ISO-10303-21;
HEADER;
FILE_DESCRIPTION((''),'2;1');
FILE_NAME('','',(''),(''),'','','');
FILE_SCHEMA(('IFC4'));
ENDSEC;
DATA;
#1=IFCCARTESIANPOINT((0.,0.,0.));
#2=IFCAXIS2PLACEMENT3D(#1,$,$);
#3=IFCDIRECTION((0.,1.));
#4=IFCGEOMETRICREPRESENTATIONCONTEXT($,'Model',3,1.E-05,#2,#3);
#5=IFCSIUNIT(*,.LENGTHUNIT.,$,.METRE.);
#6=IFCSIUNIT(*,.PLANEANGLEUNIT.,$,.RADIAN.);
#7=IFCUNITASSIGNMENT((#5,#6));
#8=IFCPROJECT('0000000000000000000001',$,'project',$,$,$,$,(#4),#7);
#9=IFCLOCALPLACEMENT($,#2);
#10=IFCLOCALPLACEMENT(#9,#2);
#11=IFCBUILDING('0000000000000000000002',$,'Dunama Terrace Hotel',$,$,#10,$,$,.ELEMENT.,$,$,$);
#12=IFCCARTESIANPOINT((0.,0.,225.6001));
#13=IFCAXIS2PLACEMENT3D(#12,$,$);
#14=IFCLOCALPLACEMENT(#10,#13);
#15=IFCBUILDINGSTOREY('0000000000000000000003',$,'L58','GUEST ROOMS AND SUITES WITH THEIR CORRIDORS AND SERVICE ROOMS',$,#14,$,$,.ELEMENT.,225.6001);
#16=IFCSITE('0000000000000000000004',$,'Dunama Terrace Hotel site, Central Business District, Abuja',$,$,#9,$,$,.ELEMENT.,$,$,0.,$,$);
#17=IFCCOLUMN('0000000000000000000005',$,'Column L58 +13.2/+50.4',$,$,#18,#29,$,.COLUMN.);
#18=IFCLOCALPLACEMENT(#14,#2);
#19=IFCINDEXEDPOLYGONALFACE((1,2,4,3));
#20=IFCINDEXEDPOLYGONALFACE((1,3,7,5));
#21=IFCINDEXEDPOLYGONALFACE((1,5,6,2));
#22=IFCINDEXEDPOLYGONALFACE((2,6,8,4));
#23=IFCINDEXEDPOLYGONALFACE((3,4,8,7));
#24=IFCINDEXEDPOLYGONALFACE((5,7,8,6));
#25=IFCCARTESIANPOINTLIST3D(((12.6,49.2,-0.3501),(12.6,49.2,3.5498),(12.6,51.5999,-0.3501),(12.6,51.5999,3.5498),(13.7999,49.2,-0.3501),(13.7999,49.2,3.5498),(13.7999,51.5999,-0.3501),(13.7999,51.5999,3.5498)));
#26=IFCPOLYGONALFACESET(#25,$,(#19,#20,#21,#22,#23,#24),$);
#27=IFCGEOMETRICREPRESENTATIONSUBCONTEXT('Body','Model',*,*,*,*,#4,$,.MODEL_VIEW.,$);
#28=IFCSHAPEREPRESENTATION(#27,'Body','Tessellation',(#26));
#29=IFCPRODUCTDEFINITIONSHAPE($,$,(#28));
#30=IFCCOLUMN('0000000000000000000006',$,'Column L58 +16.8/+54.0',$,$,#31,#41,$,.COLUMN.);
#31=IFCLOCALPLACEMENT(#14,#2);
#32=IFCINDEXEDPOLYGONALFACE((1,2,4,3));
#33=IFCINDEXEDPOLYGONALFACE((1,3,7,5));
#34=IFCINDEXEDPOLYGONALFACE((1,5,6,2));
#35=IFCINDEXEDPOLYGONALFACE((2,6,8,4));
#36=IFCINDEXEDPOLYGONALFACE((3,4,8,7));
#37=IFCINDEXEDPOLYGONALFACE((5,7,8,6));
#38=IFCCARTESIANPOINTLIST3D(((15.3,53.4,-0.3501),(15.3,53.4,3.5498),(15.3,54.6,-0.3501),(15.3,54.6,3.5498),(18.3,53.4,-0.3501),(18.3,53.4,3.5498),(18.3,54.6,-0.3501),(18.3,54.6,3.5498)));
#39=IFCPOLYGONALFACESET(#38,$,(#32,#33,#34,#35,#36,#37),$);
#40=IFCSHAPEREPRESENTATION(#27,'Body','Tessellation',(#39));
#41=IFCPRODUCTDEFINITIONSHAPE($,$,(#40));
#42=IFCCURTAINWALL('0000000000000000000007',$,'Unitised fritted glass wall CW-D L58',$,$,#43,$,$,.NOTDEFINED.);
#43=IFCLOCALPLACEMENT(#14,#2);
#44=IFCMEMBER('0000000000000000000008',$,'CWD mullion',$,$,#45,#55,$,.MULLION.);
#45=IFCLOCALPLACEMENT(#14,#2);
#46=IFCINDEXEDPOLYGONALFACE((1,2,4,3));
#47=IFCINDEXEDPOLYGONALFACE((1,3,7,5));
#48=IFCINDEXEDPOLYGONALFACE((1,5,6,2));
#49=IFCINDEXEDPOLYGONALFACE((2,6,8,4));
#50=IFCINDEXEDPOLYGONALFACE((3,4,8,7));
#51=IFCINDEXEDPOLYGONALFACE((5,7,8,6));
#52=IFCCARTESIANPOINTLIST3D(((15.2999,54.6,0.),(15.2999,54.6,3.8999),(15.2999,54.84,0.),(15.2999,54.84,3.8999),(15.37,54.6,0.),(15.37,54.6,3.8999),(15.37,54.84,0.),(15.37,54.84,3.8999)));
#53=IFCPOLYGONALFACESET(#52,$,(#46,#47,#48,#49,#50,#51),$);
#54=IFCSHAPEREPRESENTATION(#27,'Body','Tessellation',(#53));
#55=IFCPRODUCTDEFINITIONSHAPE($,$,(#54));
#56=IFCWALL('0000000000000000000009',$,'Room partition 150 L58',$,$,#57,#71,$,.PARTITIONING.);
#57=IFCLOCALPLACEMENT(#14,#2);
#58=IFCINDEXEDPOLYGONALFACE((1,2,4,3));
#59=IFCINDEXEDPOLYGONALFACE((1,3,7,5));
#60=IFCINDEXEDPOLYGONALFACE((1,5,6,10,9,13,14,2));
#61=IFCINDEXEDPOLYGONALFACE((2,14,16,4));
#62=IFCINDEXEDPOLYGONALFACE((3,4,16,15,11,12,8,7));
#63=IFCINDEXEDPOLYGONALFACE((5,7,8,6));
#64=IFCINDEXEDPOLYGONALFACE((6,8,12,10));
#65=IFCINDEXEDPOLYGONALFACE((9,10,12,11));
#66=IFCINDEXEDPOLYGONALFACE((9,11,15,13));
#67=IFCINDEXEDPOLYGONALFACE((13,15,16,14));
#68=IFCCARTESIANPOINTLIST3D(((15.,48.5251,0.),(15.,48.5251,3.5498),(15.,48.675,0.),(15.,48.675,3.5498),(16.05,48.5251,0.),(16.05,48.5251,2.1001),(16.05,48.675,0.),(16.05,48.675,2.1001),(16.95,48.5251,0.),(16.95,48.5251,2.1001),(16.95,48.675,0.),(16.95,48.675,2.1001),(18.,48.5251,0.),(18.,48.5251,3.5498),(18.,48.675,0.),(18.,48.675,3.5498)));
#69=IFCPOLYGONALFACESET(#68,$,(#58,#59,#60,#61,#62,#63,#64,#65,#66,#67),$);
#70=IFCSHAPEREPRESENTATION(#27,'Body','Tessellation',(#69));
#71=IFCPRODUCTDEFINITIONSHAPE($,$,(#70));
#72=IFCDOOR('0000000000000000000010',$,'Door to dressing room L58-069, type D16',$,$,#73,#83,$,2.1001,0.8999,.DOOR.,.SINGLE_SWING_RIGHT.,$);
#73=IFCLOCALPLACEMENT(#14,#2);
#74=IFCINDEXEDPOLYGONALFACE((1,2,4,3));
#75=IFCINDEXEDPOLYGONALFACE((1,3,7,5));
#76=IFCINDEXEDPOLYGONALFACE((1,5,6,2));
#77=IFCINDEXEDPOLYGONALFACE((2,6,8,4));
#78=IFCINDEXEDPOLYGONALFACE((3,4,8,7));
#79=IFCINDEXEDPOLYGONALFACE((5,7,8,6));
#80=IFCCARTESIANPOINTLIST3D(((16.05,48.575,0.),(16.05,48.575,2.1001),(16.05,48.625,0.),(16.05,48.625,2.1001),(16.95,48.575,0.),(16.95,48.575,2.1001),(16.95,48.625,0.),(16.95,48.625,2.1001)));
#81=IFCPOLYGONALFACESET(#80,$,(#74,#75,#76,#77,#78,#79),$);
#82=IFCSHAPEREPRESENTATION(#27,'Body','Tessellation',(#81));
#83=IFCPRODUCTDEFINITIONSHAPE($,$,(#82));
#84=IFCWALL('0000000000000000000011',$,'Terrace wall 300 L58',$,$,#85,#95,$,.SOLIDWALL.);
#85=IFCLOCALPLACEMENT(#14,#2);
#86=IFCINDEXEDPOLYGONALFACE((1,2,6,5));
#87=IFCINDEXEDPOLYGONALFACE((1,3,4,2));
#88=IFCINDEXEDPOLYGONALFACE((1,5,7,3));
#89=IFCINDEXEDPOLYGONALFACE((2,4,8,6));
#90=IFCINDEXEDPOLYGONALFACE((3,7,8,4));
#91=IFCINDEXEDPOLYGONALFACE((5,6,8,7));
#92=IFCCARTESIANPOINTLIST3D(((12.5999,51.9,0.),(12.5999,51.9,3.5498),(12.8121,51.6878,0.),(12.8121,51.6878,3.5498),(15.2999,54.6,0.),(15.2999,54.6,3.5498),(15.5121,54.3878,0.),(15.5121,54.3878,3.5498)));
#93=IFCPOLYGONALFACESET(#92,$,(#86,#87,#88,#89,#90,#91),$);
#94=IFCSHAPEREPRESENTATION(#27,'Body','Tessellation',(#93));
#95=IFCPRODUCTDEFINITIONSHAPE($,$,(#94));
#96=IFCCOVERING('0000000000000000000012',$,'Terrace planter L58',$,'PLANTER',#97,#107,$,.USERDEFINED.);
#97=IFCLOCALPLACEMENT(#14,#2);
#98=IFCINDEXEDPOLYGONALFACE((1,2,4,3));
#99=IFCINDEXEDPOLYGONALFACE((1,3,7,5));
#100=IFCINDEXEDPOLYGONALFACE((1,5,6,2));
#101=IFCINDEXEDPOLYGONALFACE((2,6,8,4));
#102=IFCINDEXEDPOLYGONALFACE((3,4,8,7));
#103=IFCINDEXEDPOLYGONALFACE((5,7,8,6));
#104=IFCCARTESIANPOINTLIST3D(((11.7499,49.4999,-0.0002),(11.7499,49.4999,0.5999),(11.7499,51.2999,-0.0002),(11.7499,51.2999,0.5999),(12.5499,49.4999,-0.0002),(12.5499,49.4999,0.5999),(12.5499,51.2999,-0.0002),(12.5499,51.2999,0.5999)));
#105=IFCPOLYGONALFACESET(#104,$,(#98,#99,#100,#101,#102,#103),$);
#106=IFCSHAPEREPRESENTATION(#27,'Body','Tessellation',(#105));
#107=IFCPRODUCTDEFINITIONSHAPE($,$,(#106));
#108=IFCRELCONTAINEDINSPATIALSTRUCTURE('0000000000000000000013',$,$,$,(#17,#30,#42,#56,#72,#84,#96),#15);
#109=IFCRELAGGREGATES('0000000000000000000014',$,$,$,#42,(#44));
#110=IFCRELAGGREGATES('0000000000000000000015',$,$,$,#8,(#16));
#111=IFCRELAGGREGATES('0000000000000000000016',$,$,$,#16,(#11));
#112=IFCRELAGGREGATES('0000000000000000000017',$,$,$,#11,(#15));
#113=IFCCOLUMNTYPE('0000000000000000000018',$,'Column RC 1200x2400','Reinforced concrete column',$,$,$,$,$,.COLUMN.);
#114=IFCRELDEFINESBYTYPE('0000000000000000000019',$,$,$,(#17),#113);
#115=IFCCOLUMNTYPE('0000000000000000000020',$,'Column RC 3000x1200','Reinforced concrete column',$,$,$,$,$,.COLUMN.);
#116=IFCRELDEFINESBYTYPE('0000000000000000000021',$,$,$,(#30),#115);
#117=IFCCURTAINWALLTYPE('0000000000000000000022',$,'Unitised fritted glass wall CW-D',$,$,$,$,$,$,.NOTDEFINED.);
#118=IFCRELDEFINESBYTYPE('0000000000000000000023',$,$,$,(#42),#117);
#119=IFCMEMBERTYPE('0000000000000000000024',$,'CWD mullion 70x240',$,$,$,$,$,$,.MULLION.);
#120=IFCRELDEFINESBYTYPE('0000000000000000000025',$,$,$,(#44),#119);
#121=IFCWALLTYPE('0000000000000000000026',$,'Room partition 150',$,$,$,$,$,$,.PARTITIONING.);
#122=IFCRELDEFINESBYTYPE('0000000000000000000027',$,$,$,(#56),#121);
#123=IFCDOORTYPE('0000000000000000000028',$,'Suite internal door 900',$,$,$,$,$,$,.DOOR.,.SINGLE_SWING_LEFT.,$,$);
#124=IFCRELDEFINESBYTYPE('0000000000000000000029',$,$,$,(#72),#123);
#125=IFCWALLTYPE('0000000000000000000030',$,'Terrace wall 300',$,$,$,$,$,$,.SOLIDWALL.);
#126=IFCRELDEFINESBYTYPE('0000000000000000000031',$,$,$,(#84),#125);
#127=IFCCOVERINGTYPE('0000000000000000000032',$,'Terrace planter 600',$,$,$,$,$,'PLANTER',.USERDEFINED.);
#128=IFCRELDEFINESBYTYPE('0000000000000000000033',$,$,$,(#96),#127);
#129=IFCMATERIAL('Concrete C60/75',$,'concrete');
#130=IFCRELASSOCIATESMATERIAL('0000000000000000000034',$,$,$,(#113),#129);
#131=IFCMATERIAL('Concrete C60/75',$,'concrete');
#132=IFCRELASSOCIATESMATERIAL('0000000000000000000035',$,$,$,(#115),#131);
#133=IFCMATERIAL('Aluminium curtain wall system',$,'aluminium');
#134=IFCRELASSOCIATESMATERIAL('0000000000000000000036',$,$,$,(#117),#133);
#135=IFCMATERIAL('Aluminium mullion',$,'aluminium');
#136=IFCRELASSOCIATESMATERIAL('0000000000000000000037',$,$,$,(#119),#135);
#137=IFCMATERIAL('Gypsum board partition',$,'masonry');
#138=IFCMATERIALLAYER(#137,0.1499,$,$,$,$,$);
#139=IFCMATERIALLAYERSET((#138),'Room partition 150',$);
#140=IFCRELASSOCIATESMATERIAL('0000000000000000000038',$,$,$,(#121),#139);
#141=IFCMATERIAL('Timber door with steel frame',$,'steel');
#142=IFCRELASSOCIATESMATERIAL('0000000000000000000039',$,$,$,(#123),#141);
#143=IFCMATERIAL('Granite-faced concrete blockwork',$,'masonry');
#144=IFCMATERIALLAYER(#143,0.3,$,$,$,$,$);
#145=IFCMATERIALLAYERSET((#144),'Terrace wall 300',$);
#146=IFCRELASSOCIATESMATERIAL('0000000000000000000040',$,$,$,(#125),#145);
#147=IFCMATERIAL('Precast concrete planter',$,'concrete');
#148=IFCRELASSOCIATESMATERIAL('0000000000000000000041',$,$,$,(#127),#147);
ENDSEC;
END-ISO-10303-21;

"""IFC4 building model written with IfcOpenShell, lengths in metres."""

from ifc_helpers import new_model, si_unit, direction, frame, frame_2d, origin, origin_2d, place, context, subcontext, project, spatial, rectangle, extrude, material, layer, layer_set, material_profile, profile_set, type_object, element, fill, aggregate, save


model = new_model("IFC4")

# Units and contexts
model_context = context("Model", 3, precision=1e-05, world=origin(), true_north=direction((0.0, 1.0)))
body_context = subcontext(model_context, "Body", "Model", "MODEL_VIEW")
ifc_project = project(units=[si_unit("LENGTHUNIT", "METRE"), si_unit("PLANEANGLEUNIT", "RADIAN")], contexts=[model_context])

# Site, building, storey
site_placement = place(None, origin())
site = spatial("IfcSite", under=ifc_project, at=site_placement, Name="Dunama Terrace Hotel site, Central Business District, Abuja", CompositionType="ELEMENT", RefElevation=0.0)
building_placement = place(site_placement, origin())
building = spatial("IfcBuilding", under=site, at=building_placement, Name="Dunama Terrace Hotel", CompositionType="ELEMENT")
storey_placement = place(building_placement, frame((0.0, 0.0, 225.6001)))
storey = spatial("IfcBuildingStorey", under=building, at=storey_placement, Name="L58", Description="GUEST ROOMS AND SUITES WITH THEIR CORRIDORS AND SERVICE ROOMS", CompositionType="ELEMENT", Elevation=225.6001)

# Columns
ifc_material_1 = material(Name="Concrete C60/75", Category="concrete")
ifc_material_profile_1 = material_profile(ifc_material_1, rectangle(XDim=1.2, YDim=2.3999, at=origin_2d()), Name="RC 1200x2400")
ifc_profile_set_1 = profile_set([ifc_material_profile_1], Name="Concrete C60/75")
column_type_1 = type_object("IfcColumnType", Name="Column RC 1200x2400", Description="Reinforced concrete column", PredefinedType="COLUMN", material=ifc_profile_set_1)
column_1_placement = place(storey_placement, frame((13.2, 50.3999, -0.3501), z_axis=(0.0, 0.0, 1.0), x_axis=(1.0, 0.0, 0.0)))
element("IfcColumn", 1, at=column_1_placement, inside=storey, type_object=column_type_1, Name="Column L58 +13.2/+50.4", PredefinedType="COLUMN", context=body_context, shape_type="SweptSolid", body=[
    extrude(rectangle(XDim=1.2, YDim=2.3999, at=origin_2d()), origin(), (0.0, 0.0, 1.0), 3.8999),
])
ifc_material_2 = material(Name="Concrete C60/75", Category="concrete")
ifc_material_profile_2 = material_profile(ifc_material_2, rectangle(XDim=3.0, YDim=1.2, at=origin_2d()), Name="RC 3000x1200")
ifc_profile_set_2 = profile_set([ifc_material_profile_2], Name="Concrete C60/75")
column_type_2 = type_object("IfcColumnType", Name="Column RC 3000x1200", Description="Reinforced concrete column", PredefinedType="COLUMN", material=ifc_profile_set_2)
column_2_placement = place(storey_placement, frame((16.8, 54.0, -0.3501), z_axis=(0.0, 0.0, 1.0), x_axis=(1.0, 0.0, 0.0)))
element("IfcColumn", 2, at=column_2_placement, inside=storey, type_object=column_type_2, Name="Column L58 +16.8/+54.0", PredefinedType="COLUMN", context=body_context, shape_type="SweptSolid", body=[
    extrude(rectangle(XDim=3.0, YDim=1.2, at=origin_2d()), origin(), (0.0, 0.0, 1.0), 3.8999),
])

# Curtain wall, member
ifc_material_3 = material(Name="Aluminium curtain wall system", Category="aluminium")
curtain_wall_type = type_object("IfcCurtainWallType", Name="Unitised fritted glass wall CW-D", PredefinedType="NOTDEFINED", material=ifc_material_3)
curtain_wall_placement = place(storey_placement, origin())
curtain_wall = element("IfcCurtainWall", 3, at=curtain_wall_placement, inside=storey, type_object=curtain_wall_type, Name="Unitised fritted glass wall CW-D L58", PredefinedType="NOTDEFINED")
ifc_material_4 = material(Name="Aluminium mullion", Category="aluminium")
ifc_material_profile_3 = material_profile(ifc_material_4, rectangle(XDim=0.0701, YDim=0.24, at=origin_2d()), Name="CWD MULLION 70X240")
ifc_profile_set_3 = profile_set([ifc_material_profile_3], Name="Aluminium mullion")
member_type = type_object("IfcMemberType", Name="CWD mullion 70x240", PredefinedType="MULLION", material=ifc_profile_set_3)
member_placement = place(storey_placement, frame((15.335, 54.72, 0.0), z_axis=(0.0, 0.0, 1.0), x_axis=(-1.0, 0.0, 0.0)))
member = element("IfcMember", 4, at=member_placement, type_object=member_type, Name="CWD mullion", PredefinedType="MULLION", context=body_context, shape_type="SweptSolid", body=[
    extrude(rectangle(XDim=0.0701, YDim=0.24, at=origin_2d()), origin(), (0.0, 0.0, 1.0), 3.8999),
])
aggregate(curtain_wall, [member])

# Wall, opening, door
ifc_material_5 = material(Name="Gypsum board partition", Category="masonry")
ifc_layer_1 = layer(ifc_material_5, 0.1499)
ifc_layer_set_1 = layer_set([ifc_layer_1], Name="Room partition 150")
wall_type_1 = type_object("IfcWallType", Name="Room partition 150", PredefinedType="PARTITIONING", material=ifc_layer_set_1)
wall_1_placement = place(storey_placement, frame((15.0, 48.6001, 0.0), z_axis=(0.0, 0.0, 1.0), x_axis=(1.0, 0.0, 0.0)))
wall_1 = element("IfcWall", 5, at=wall_1_placement, inside=storey, type_object=wall_type_1, Name="Room partition 150 L58", PredefinedType="PARTITIONING", context=body_context, shape_type="SweptSolid", body=[
    extrude(rectangle(XDim=3.0, YDim=0.1499, at=frame_2d((1.5, 0.0))), origin(), (0.0, 0.0, 1.0), 3.5498),
])
opening_1_placement = place(wall_1_placement, frame((1.05, 0.0, 0.0)))
opening_1 = element("IfcOpeningElement", 6, at=opening_1_placement, cuts=wall_1, PredefinedType="OPENING", context=body_context, shape_type="SweptSolid", body=[
    extrude(rectangle(XDim=0.8999, YDim=2.1001, at=frame_2d((0.45, 1.05))), frame((0.0, 0.085, 0.0), z_axis=(0.0, -1.0, 0.0), x_axis=(1.0, 0.0, 0.0)), (0.0, 0.0, 1.0), 0.1699),
])
ifc_material_6 = material(Name="Timber door with steel frame", Category="steel")
door_type_1 = type_object("IfcDoorType", Name="Suite internal door 900", OperationType="SINGLE_SWING_LEFT", PredefinedType="DOOR", material=ifc_material_6)
door_1_placement = place(opening_1_placement, frame((0.8999, 0.0, 0.0), z_axis=(0.0, 0.0, 1.0), x_axis=(-1.0, 0.0, 0.0)))
door_1 = element("IfcDoor", 7, at=door_1_placement, inside=storey, type_object=door_type_1, Name="Door to dressing room L58-069, type D16", OperationType="SINGLE_SWING_RIGHT", OverallHeight=2.1001, OverallWidth=0.8999, PredefinedType="DOOR", context=body_context, shape_type="SweptSolid", body=[
    extrude(rectangle(XDim=0.8999, YDim=2.1001, at=frame_2d((0.45, 1.05))), frame((0.0, 0.0251, 0.0), z_axis=(0.0, -1.0, 0.0), x_axis=(1.0, 0.0, 0.0)), (0.0, 0.0, 1.0), 0.05),
])
fill(opening_1, door_1)

# Wall
ifc_material_7 = material(Name="Granite-faced concrete blockwork", Category="masonry")
ifc_layer_2 = layer(ifc_material_7, 0.3)
ifc_layer_set_2 = layer_set([ifc_layer_2], Name="Terrace wall 300")
wall_type_2 = type_object("IfcWallType", Name="Terrace wall 300", PredefinedType="SOLIDWALL", material=ifc_layer_set_2)
wall_2_placement = place(storey_placement, frame((15.406, 54.4939, 0.0), z_axis=(0.0, 0.0, 1.0), x_axis=(-0.707107, -0.707107, 0.0)))
element("IfcWall", 8, at=wall_2_placement, inside=storey, type_object=wall_type_2, Name="Terrace wall 300 L58", PredefinedType="SOLIDWALL", context=body_context, shape_type="SweptSolid", body=[
    extrude(rectangle(XDim=3.8184, YDim=0.3, at=frame_2d((1.9092, 0.0))), origin(), (0.0, 0.0, 1.0), 3.5498),
])

# Covering
ifc_material_8 = material(Name="Precast concrete planter", Category="concrete")
covering_type = type_object("IfcCoveringType", Name="Terrace planter 600", ElementType="PLANTER", PredefinedType="USERDEFINED", material=ifc_material_8)
covering_placement = place(storey_placement, frame((12.1499, 50.3999, -0.0002), z_axis=(0.0, 0.0, 1.0), x_axis=(1.0, 0.0, 0.0)))
element("IfcCovering", 9, at=covering_placement, inside=storey, type_object=covering_type, Name="Terrace planter L58", ObjectType="PLANTER", PredefinedType="USERDEFINED", context=body_context, shape_type="SweptSolid", body=[
    extrude(rectangle(XDim=0.8, YDim=1.8, at=origin_2d()), origin(), (0.0, 0.0, 1.0), 0.6001),
])

save(model, "model.ifc")
